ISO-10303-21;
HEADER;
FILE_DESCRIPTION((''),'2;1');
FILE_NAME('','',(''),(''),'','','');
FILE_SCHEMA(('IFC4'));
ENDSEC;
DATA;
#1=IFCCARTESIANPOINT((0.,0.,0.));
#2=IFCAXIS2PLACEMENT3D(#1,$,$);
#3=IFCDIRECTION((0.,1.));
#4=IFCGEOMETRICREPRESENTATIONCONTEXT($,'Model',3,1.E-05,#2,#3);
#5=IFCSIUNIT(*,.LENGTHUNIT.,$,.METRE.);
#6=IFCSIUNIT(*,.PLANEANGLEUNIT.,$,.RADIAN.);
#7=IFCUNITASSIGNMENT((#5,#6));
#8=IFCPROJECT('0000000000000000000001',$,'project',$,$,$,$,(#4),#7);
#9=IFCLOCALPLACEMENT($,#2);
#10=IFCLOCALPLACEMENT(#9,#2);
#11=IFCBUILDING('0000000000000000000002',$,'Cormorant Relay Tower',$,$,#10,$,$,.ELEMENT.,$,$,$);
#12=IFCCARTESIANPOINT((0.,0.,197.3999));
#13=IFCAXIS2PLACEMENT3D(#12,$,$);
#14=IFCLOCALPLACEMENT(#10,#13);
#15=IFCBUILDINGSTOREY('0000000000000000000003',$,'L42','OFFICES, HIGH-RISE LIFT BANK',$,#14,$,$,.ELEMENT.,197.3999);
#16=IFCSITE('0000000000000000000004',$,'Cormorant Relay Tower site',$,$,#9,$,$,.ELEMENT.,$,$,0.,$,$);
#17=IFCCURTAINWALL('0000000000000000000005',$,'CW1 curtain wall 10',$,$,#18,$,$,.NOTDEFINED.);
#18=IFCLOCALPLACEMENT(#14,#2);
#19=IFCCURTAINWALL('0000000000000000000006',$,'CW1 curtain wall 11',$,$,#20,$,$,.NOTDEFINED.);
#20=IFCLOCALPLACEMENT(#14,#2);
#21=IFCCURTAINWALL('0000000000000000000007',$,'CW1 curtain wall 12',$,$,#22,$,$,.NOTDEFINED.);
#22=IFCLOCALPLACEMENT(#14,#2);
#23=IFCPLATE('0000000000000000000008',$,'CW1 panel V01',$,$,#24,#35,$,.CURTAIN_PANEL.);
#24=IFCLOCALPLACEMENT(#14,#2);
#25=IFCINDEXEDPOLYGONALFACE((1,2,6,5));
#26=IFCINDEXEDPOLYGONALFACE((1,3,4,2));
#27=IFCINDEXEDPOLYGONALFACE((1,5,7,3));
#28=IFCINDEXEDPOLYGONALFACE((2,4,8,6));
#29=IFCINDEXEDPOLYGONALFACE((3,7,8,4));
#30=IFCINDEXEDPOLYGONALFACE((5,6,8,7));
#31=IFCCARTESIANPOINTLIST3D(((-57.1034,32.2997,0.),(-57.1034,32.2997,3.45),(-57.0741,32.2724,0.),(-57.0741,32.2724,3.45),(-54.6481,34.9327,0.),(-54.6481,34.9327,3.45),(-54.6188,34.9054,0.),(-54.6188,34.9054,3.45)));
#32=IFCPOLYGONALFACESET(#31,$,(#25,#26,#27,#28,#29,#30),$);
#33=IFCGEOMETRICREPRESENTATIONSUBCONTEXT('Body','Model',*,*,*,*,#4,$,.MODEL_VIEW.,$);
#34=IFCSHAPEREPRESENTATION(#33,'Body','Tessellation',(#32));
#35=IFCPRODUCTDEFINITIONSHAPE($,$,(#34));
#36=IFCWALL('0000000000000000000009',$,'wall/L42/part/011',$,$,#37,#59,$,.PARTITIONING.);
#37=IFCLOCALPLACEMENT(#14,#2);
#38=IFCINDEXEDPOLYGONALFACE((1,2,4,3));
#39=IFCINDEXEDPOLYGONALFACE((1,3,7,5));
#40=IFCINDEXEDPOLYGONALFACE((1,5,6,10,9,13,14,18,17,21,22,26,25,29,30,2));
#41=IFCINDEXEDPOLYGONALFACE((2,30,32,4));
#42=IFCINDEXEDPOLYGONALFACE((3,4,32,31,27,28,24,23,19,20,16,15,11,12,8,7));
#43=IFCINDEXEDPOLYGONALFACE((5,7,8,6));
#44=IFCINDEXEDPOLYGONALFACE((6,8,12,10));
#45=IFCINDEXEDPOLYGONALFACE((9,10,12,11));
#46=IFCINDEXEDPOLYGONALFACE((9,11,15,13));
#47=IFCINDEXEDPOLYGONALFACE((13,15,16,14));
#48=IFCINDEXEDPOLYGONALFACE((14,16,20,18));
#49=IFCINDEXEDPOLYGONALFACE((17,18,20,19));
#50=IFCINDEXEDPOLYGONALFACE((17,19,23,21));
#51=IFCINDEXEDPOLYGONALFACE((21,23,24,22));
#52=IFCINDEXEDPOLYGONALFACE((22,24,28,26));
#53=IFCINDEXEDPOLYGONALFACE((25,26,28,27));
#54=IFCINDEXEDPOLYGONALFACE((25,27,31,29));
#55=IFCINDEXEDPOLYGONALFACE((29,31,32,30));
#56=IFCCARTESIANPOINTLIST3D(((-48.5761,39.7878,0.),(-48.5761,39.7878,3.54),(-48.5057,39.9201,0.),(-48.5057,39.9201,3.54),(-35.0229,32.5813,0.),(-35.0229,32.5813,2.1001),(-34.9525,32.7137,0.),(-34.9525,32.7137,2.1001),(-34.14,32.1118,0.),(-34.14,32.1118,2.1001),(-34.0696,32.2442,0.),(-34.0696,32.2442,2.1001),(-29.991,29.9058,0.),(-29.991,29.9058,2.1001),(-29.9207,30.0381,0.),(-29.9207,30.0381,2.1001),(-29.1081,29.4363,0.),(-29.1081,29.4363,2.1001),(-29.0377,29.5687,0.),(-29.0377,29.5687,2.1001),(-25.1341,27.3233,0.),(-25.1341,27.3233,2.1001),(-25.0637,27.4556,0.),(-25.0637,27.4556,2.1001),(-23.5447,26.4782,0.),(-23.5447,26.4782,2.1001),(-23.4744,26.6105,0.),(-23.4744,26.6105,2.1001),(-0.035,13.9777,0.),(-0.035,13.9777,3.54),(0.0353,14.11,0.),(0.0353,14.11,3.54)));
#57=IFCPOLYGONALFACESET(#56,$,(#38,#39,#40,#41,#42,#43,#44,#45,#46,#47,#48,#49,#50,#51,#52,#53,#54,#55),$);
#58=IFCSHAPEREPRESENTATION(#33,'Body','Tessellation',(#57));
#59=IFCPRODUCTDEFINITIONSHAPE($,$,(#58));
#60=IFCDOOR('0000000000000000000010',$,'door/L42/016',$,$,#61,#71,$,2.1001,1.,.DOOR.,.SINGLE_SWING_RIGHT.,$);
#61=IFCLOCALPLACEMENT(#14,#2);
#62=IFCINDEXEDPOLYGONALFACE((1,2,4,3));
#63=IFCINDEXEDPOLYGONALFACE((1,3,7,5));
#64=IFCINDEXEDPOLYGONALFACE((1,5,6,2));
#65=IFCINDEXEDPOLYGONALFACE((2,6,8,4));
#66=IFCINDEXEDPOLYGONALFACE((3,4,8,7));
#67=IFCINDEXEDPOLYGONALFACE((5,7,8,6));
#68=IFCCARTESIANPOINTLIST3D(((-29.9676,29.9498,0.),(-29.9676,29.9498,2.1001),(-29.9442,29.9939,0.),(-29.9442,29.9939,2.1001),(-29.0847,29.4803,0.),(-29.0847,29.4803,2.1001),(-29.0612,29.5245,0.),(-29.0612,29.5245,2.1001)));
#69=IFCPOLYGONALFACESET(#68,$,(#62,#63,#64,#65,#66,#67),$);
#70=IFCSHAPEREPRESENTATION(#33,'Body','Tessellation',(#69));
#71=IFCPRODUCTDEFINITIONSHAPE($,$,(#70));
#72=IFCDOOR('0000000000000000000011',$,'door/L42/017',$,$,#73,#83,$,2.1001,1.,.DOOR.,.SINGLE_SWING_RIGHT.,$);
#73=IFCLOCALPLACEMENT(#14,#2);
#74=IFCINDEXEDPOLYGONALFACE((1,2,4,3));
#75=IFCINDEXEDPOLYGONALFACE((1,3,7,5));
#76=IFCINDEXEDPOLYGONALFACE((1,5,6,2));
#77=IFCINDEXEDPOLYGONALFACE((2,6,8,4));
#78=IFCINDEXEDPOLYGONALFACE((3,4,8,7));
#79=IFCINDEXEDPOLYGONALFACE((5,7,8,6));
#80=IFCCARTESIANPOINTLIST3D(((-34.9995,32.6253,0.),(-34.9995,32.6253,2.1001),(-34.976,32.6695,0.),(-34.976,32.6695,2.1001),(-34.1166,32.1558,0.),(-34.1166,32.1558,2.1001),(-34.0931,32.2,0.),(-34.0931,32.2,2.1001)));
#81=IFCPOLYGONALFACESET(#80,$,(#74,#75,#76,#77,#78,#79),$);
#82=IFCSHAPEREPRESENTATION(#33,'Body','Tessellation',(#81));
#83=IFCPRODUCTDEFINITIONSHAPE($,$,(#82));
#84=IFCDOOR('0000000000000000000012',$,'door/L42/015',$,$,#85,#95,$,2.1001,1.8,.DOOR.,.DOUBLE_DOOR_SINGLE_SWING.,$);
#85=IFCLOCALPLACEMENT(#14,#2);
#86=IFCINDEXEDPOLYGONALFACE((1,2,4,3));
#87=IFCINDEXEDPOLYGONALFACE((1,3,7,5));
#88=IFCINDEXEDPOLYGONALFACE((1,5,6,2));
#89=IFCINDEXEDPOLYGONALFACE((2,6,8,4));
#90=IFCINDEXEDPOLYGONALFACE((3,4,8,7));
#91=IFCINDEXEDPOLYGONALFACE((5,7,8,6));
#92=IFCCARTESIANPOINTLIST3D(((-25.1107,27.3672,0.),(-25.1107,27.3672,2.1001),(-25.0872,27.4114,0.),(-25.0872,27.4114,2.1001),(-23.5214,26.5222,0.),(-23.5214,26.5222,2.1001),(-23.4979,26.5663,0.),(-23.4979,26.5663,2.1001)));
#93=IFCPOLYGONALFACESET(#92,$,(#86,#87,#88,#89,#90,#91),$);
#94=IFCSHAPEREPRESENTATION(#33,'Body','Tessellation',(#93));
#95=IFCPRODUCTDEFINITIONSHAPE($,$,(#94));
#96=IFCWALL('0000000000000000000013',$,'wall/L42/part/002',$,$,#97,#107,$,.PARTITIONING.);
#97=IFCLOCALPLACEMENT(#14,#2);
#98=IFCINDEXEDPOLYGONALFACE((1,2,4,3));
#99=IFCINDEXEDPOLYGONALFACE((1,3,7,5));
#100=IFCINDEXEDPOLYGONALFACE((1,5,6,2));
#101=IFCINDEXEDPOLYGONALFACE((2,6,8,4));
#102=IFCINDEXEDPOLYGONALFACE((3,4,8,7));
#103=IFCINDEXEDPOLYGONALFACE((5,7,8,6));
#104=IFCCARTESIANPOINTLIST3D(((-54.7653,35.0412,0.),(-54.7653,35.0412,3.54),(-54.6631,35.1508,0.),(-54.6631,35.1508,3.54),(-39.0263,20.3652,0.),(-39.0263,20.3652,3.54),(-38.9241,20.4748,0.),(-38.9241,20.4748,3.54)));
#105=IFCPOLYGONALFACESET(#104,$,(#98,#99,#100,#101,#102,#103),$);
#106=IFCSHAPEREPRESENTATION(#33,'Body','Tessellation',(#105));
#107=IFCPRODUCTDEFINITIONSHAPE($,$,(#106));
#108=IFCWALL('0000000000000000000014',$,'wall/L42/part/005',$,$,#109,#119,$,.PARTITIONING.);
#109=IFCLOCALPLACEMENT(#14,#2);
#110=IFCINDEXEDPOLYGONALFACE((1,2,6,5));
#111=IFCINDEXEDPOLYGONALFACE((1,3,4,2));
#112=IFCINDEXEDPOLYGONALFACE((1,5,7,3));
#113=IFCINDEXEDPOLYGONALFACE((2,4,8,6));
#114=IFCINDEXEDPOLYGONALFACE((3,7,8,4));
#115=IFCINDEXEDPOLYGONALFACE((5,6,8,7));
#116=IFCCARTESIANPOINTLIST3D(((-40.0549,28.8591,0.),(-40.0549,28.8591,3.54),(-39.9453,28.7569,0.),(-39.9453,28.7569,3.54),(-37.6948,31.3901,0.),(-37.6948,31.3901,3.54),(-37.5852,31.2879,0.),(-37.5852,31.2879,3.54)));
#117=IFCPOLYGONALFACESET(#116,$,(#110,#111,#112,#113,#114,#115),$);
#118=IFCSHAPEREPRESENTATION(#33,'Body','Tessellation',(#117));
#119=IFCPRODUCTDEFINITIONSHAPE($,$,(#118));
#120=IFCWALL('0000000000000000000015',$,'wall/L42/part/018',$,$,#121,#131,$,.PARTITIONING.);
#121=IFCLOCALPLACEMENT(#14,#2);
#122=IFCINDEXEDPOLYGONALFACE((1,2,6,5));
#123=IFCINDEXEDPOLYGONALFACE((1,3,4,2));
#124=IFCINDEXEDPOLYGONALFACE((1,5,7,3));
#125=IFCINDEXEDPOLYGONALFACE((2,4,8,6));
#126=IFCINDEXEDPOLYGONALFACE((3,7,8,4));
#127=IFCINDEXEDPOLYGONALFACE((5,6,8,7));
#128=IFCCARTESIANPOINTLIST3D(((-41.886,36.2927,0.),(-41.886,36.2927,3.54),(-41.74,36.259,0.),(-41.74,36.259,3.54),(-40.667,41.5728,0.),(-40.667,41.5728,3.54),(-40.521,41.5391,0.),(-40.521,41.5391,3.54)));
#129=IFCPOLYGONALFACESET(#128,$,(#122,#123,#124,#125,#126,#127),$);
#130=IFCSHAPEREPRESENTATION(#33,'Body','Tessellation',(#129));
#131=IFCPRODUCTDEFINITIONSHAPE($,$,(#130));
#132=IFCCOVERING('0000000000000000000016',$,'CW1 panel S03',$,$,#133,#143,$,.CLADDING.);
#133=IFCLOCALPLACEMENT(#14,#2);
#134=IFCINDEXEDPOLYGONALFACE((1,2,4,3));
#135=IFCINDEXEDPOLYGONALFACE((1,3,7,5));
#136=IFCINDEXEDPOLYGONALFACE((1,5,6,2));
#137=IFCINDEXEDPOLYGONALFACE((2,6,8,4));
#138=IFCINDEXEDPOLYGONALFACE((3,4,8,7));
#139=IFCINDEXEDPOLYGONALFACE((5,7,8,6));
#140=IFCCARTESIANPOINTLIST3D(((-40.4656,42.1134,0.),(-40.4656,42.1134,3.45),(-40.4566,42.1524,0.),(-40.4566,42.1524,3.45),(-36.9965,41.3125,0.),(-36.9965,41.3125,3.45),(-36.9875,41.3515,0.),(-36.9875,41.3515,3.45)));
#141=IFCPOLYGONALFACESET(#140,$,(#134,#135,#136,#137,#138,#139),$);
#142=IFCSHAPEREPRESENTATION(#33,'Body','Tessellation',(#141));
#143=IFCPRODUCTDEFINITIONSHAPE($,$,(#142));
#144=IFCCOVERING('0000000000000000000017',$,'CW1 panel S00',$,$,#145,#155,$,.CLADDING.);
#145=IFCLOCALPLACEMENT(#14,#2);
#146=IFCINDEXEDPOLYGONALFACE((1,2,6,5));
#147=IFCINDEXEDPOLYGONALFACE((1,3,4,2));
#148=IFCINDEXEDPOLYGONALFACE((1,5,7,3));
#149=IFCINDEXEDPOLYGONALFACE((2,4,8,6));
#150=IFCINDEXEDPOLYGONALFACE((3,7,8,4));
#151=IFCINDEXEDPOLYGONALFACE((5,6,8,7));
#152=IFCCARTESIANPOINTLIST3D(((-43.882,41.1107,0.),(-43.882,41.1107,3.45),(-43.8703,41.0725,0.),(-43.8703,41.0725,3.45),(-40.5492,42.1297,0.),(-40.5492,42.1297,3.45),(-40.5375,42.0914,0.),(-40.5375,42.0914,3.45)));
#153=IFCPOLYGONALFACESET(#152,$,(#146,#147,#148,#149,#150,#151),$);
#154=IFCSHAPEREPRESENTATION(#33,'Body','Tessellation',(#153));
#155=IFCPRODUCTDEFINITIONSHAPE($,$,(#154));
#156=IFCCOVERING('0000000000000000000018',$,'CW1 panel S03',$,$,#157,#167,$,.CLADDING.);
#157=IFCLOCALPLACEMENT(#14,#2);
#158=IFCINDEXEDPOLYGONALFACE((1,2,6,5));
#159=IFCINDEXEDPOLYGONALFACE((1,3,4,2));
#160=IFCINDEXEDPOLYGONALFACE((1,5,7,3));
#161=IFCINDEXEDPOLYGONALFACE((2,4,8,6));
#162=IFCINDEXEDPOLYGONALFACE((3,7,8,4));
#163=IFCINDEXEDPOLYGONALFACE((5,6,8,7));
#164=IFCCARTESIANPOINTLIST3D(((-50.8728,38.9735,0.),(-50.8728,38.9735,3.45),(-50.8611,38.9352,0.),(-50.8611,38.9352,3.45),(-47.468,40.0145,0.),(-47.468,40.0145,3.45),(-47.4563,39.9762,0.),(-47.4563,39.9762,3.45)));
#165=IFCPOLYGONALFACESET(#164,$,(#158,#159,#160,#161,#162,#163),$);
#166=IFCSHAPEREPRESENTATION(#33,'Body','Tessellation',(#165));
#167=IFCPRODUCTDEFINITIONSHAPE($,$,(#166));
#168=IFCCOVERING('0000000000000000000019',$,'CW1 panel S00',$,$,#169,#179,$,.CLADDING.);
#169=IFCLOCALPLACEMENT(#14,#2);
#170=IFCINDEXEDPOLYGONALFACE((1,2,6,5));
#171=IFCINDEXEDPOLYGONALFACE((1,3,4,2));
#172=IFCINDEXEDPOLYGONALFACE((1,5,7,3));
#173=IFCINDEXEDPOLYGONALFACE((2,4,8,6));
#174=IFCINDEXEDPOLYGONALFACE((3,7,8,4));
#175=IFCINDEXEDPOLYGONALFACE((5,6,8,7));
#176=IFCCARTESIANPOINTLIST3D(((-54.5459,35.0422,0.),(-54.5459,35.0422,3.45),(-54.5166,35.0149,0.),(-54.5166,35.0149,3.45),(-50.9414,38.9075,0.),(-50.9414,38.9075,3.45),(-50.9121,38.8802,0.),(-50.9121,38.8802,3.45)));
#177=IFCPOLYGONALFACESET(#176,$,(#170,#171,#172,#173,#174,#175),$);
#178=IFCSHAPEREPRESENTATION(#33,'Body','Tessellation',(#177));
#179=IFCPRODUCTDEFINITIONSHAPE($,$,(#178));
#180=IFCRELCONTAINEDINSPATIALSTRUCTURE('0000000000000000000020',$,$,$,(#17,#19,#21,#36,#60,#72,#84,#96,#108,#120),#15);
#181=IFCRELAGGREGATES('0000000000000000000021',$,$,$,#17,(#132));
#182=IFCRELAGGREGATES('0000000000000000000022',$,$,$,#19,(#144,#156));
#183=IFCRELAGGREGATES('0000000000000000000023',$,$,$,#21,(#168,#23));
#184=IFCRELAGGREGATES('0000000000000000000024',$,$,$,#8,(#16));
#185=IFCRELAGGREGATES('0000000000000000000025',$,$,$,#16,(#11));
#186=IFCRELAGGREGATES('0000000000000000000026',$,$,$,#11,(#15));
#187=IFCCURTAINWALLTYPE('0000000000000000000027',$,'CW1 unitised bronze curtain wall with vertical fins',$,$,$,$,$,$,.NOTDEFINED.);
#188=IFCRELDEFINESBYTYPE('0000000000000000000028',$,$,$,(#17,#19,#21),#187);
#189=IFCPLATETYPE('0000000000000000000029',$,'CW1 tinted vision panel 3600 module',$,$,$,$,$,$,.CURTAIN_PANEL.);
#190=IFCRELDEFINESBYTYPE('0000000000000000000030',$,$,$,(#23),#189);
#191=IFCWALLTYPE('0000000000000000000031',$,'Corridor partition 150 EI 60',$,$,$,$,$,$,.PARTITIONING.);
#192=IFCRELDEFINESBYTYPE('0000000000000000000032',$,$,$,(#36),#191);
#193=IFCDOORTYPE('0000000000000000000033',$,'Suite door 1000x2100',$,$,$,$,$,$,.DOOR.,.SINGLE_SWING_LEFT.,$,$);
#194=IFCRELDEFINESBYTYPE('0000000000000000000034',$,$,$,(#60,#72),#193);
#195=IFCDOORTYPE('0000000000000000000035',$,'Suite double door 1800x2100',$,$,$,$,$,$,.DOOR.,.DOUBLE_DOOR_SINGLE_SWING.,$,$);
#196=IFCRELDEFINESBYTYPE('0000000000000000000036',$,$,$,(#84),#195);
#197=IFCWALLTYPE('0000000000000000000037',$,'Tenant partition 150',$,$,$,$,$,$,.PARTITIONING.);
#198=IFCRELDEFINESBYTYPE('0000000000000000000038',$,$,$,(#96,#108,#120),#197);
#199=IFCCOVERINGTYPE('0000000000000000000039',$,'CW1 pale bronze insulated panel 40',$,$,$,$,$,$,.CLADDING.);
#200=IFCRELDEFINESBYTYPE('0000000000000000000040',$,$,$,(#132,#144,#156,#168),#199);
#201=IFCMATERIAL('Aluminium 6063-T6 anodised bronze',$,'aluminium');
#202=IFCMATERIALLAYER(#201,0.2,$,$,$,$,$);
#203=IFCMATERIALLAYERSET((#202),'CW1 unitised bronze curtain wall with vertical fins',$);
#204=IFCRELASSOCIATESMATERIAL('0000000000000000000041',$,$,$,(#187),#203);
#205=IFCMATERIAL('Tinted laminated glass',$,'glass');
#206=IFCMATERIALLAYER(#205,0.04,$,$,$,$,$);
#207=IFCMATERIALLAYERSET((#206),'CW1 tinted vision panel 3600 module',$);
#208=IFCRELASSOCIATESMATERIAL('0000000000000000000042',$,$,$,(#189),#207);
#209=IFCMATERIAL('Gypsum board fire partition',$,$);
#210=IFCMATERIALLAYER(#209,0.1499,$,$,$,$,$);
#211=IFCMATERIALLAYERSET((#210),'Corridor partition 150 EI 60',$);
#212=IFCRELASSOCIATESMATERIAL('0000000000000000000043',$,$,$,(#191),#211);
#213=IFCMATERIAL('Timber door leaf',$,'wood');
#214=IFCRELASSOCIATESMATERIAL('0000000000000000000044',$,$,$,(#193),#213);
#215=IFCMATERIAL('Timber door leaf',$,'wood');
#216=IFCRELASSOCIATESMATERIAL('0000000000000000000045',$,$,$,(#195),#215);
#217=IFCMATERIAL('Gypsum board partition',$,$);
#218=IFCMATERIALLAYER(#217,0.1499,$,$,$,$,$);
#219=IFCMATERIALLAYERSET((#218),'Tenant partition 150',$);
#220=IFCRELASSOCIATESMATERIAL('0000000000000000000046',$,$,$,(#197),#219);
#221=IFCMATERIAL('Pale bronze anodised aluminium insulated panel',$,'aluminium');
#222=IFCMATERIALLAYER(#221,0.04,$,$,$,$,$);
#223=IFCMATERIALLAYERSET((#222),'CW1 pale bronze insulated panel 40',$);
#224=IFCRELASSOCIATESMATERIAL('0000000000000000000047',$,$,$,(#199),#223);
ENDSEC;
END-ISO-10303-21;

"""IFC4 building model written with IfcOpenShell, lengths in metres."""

from ifc_helpers import new_model, si_unit, direction, frame, frame_2d, origin, origin_2d, place, context, subcontext, project, spatial, rectangle, extrude, material, layer, layer_set, type_object, element, fill, aggregate, save


model = new_model("IFC4")

# Units and contexts
model_context = context("Model", 3, precision=1e-05, world=origin(), true_north=direction((0.0, 1.0)))
body_context = subcontext(model_context, "Body", "Model", "MODEL_VIEW")
ifc_project = project(units=[si_unit("LENGTHUNIT", "METRE"), si_unit("PLANEANGLEUNIT", "RADIAN")], contexts=[model_context])

# Site, building, storey
site_placement = place(None, origin())
site = spatial("IfcSite", under=ifc_project, at=site_placement, Name="Cormorant Relay Tower site", CompositionType="ELEMENT", RefElevation=0.0)
building_placement = place(site_placement, origin())
building = spatial("IfcBuilding", under=site, at=building_placement, Name="Cormorant Relay Tower", CompositionType="ELEMENT")
storey_placement = place(building_placement, frame((0.0, 0.0, 197.3999)))
storey = spatial("IfcBuildingStorey", under=building, at=storey_placement, Name="L42", Description="OFFICES, HIGH-RISE LIFT BANK", CompositionType="ELEMENT", Elevation=197.3999)

# Curtain wall
ifc_material_1 = material(Name="Aluminium 6063-T6 anodised bronze", Category="aluminium")
ifc_layer_1 = layer(ifc_material_1, 0.2)
ifc_layer_set_1 = layer_set([ifc_layer_1], Name="CW1 unitised bronze curtain wall with vertical fins")
curtain_wall_type = type_object("IfcCurtainWallType", Name="CW1 unitised bronze curtain wall with vertical fins", PredefinedType="NOTDEFINED", material=ifc_layer_set_1)
curtain_wall_1_placement = place(storey_placement, origin())
curtain_wall_1 = element("IfcCurtainWall", 1, at=curtain_wall_1_placement, inside=storey, type_object=curtain_wall_type, Name="CW1 curtain wall 10", PredefinedType="NOTDEFINED")

# Curtain walls
curtain_wall_2_placement = place(storey_placement, origin())
curtain_wall_2 = element("IfcCurtainWall", 2, at=curtain_wall_2_placement, inside=storey, type_object=curtain_wall_type, Name="CW1 curtain wall 11", PredefinedType="NOTDEFINED")
curtain_wall_3_placement = place(storey_placement, origin())
curtain_wall_3 = element("IfcCurtainWall", 3, at=curtain_wall_3_placement, inside=storey, type_object=curtain_wall_type, Name="CW1 curtain wall 12", PredefinedType="NOTDEFINED")

# Plate
ifc_material_2 = material(Name="Tinted laminated glass", Category="glass")
ifc_layer_2 = layer(ifc_material_2, 0.04)
ifc_layer_set_2 = layer_set([ifc_layer_2], Name="CW1 tinted vision panel 3600 module")
plate_type_1 = type_object("IfcPlateType", Name="CW1 tinted vision panel 3600 module", PredefinedType="CURTAIN_PANEL", material=ifc_layer_set_2)
plate_1_placement = place(storey_placement, frame((-55.8611, 33.6025, 0.0), z_axis=(0.0, 0.0, 1.0), x_axis=(-0.681998, -0.731354, 0.0)))
plate_1 = element("IfcPlate", 4, at=plate_1_placement, type_object=plate_type_1, Name="CW1 panel V01", PredefinedType="CURTAIN_PANEL", context=body_context, shape_type="SweptSolid", body=[
    extrude(rectangle(XDim=3.6001, YDim=0.04, at=origin_2d()), origin(), (0.0, 0.0, 1.0), 3.45),
])

# Wall, openings, doors
ifc_material_3 = material(Name="Gypsum board fire partition")
ifc_layer_3 = layer(ifc_material_3, 0.1499)
ifc_layer_set_3 = layer_set([ifc_layer_3], Name="Corridor partition 150 EI 60")
wall_type_1 = type_object("IfcWallType", Name="Corridor partition 150 EI 60", PredefinedType="PARTITIONING", material=ifc_layer_set_3)
wall_1_placement = place(storey_placement, frame((-48.541, 39.854, 0.0), z_axis=(0.0, 0.0, 1.0), x_axis=(0.882945, -0.469476, 0.0)))
wall_1 = element("IfcWall", 5, at=wall_1_placement, inside=storey, type_object=wall_type_1, Name="wall/L42/part/011", PredefinedType="PARTITIONING", context=body_context, shape_type="SweptSolid", body=[
    extrude(rectangle(XDim=54.9763, YDim=0.1499, at=frame_2d((27.4883, 0.0))), origin(), (0.0, 0.0, 1.0), 3.54),
])
opening_1_placement = place(wall_1_placement, frame((26.55, 0.0, 0.0)))
opening_1 = element("IfcOpeningElement", 6, at=opening_1_placement, cuts=wall_1, PredefinedType="OPENING", context=body_context, shape_type="SweptSolid", body=[
    extrude(rectangle(XDim=1.8, YDim=2.1001, at=frame_2d((0.8999, 1.05))), frame((0.0, 0.085, 0.0), z_axis=(0.0, -1.0, 0.0), x_axis=(1.0, 0.0, 0.0)), (0.0, 0.0, 1.0), 0.1699),
])
opening_2_placement = place(wall_1_placement, frame((21.0491, 0.0, 0.0)))
opening_2 = element("IfcOpeningElement", 7, at=opening_2_placement, cuts=wall_1, PredefinedType="OPENING", context=body_context, shape_type="SweptSolid", body=[
    extrude(rectangle(XDim=1.0, YDim=2.1001, at=frame_2d((0.5, 1.05))), frame((0.0, 0.085, 0.0), z_axis=(0.0, -1.0, 0.0), x_axis=(1.0, 0.0, 0.0)), (0.0, 0.0, 1.0), 0.1699),
])
opening_3_placement = place(wall_1_placement, frame((15.3501, 0.0, 0.0)))
opening_3 = element("IfcOpeningElement", 8, at=opening_3_placement, cuts=wall_1, PredefinedType="OPENING", context=body_context, shape_type="SweptSolid", body=[
    extrude(rectangle(XDim=1.0, YDim=2.1001, at=frame_2d((0.5, 1.05))), frame((0.0, 0.085, 0.0), z_axis=(0.0, -1.0, 0.0), x_axis=(1.0, 0.0, 0.0)), (0.0, 0.0, 1.0), 0.1699),
])
ifc_material_4 = material(Name="Timber door leaf", Category="wood")
door_type_1 = type_object("IfcDoorType", Name="Suite door 1000x2100", OperationType="SINGLE_SWING_LEFT", PredefinedType="DOOR", material=ifc_material_4)
door_1_placement = place(opening_2_placement, origin())
door_1 = element("IfcDoor", 9, at=door_1_placement, inside=storey, type_object=door_type_1, Name="door/L42/016", OperationType="SINGLE_SWING_RIGHT", OverallHeight=2.1001, OverallWidth=1.0, PredefinedType="DOOR", context=body_context, shape_type="SweptSolid", body=[
    extrude(rectangle(XDim=1.0, YDim=2.1001, at=frame_2d((0.5, 1.05))), frame((0.0, 0.0249, 0.0), z_axis=(0.0, -1.0, 0.0), x_axis=(1.0, 0.0, 0.0)), (0.0, 0.0, 1.0), 0.05),
])
fill(opening_2, door_1)
door_2_placement = place(opening_3_placement, origin())
door_2 = element("IfcDoor", 10, at=door_2_placement, inside=storey, type_object=door_type_1, Name="door/L42/017", OperationType="SINGLE_SWING_RIGHT", OverallHeight=2.1001, OverallWidth=1.0, PredefinedType="DOOR", context=body_context, shape_type="SweptSolid", body=[
    extrude(rectangle(XDim=1.0, YDim=2.1001, at=frame_2d((0.5, 1.05))), frame((0.0, 0.0249, 0.0), z_axis=(0.0, -1.0, 0.0), x_axis=(1.0, 0.0, 0.0)), (0.0, 0.0, 1.0), 0.05),
])
fill(opening_3, door_2)
ifc_material_5 = material(Name="Timber door leaf", Category="wood")
door_type_2 = type_object("IfcDoorType", Name="Suite double door 1800x2100", OperationType="DOUBLE_DOOR_SINGLE_SWING", PredefinedType="DOOR", material=ifc_material_5)
door_3_placement = place(opening_1_placement, origin())
door_3 = element("IfcDoor", 11, at=door_3_placement, inside=storey, type_object=door_type_2, Name="door/L42/015", OperationType="DOUBLE_DOOR_SINGLE_SWING", OverallHeight=2.1001, OverallWidth=1.8, PredefinedType="DOOR", context=body_context, shape_type="SweptSolid", body=[
    extrude(rectangle(XDim=1.8, YDim=2.1001, at=frame_2d((0.8999, 1.05))), frame((0.0, 0.0249, 0.0), z_axis=(0.0, -1.0, 0.0), x_axis=(1.0, 0.0, 0.0)), (0.0, 0.0, 1.0), 0.05),
])
fill(opening_1, door_3)

# Walls
ifc_material_6 = material(Name="Gypsum board partition")
ifc_layer_4 = layer(ifc_material_6, 0.1499)
ifc_layer_set_4 = layer_set([ifc_layer_4], Name="Tenant partition 150")
wall_type_2 = type_object("IfcWallType", Name="Tenant partition 150", PredefinedType="PARTITIONING", material=ifc_layer_set_4)
wall_2_placement = place(storey_placement, frame((-54.7141, 35.0959, 0.0), z_axis=(0.0, 0.0, 1.0), x_axis=(0.731373, -0.681977, 0.0)))
element("IfcWall", 12, at=wall_2_placement, inside=storey, type_object=wall_type_2, Name="wall/L42/part/002", PredefinedType="PARTITIONING", context=body_context, shape_type="SweptSolid", body=[
    extrude(rectangle(XDim=21.5198, YDim=0.1499, at=frame_2d((10.7598, 0.0))), origin(), (0.0, 0.0, 1.0), 3.54),
])
wall_3_placement = place(storey_placement, frame((-37.6399, 31.3391, 0.0), z_axis=(0.0, 0.0, 1.0), x_axis=(-0.681984, -0.731367, 0.0)))
element("IfcWall", 13, at=wall_3_placement, inside=storey, type_object=wall_type_2, Name="wall/L42/part/005", PredefinedType="PARTITIONING", context=body_context, shape_type="SweptSolid", body=[
    extrude(rectangle(XDim=3.4607, YDim=0.1499, at=frame_2d((1.7305, 0.0))), origin(), (0.0, 0.0, 1.0), 3.54),
])
wall_4_placement = place(storey_placement, frame((-41.813, 36.2759, 0.0), z_axis=(0.0, 0.0, 1.0), x_axis=(0.224952, 0.97437, 0.0)))
element("IfcWall", 14, at=wall_4_placement, inside=storey, type_object=wall_type_2, Name="wall/L42/part/018", PredefinedType="PARTITIONING", context=body_context, shape_type="SweptSolid", body=[
    extrude(rectangle(XDim=5.4189, YDim=0.1499, at=frame_2d((2.7095, 0.0))), origin(), (0.0, 0.0, 1.0), 3.54),
])

# Coverings
ifc_material_7 = material(Name="Pale bronze anodised aluminium insulated panel", Category="aluminium")
ifc_layer_5 = layer(ifc_material_7, 0.04)
ifc_layer_set_5 = layer_set([ifc_layer_5], Name="CW1 pale bronze insulated panel 40")
covering_type = type_object("IfcCoveringType", Name="CW1 pale bronze insulated panel 40", PredefinedType="CLADDING", material=ifc_layer_set_5)
covering_1_placement = place(storey_placement, frame((-38.7266, 41.7324, 0.0), z_axis=(0.0, 0.0, 1.0), x_axis=(-0.97437, 0.224951, 0.0)))
covering_1 = element("IfcCovering", 15, at=covering_1_placement, type_object=covering_type, Name="CW1 panel S03", PredefinedType="CLADDING", context=body_context, shape_type="SweptSolid", body=[
    extrude(rectangle(XDim=3.5603, YDim=0.04, at=origin_2d()), origin(), (0.0, 0.0, 1.0), 3.45),
])
aggregate(curtain_wall_1, [covering_1])
covering_2_placement = place(storey_placement, frame((-42.2097, 41.6011, 0.0), z_axis=(0.0, 0.0, 1.0), x_axis=(-0.956305, -0.292372, 0.0)))
covering_2 = element("IfcCovering", 16, at=covering_2_placement, type_object=covering_type, Name="CW1 panel S00", PredefinedType="CLADDING", context=body_context, shape_type="SweptSolid", body=[
    extrude(rectangle(XDim=3.4851, YDim=0.04, at=origin_2d()), origin(), (0.0, 0.0, 1.0), 3.45),
])
covering_3_placement = place(storey_placement, frame((-49.1646, 39.4749, 0.0), z_axis=(0.0, 0.0, 1.0), x_axis=(-0.956305, -0.292372, 0.0)))
covering_3 = element("IfcCovering", 17, at=covering_3_placement, type_object=covering_type, Name="CW1 panel S03", PredefinedType="CLADDING", context=body_context, shape_type="SweptSolid", body=[
    extrude(rectangle(XDim=3.5603, YDim=0.04, at=origin_2d()), origin(), (0.0, 0.0, 1.0), 3.45),
])
aggregate(curtain_wall_2, [covering_2, covering_3])
covering_4_placement = place(storey_placement, frame((-52.729, 36.9612, 0.0), z_axis=(0.0, 0.0, 1.0), x_axis=(-0.681998, -0.731354, 0.0)))
covering_4 = element("IfcCovering", 18, at=covering_4_placement, type_object=covering_type, Name="CW1 panel S00", PredefinedType="CLADDING", context=body_context, shape_type="SweptSolid", body=[
    extrude(rectangle(XDim=5.2852, YDim=0.04, at=origin_2d()), origin(), (0.0, 0.0, 1.0), 3.45),
])
aggregate(curtain_wall_3, [covering_4, plate_1])

save(model, "model.ifc")
